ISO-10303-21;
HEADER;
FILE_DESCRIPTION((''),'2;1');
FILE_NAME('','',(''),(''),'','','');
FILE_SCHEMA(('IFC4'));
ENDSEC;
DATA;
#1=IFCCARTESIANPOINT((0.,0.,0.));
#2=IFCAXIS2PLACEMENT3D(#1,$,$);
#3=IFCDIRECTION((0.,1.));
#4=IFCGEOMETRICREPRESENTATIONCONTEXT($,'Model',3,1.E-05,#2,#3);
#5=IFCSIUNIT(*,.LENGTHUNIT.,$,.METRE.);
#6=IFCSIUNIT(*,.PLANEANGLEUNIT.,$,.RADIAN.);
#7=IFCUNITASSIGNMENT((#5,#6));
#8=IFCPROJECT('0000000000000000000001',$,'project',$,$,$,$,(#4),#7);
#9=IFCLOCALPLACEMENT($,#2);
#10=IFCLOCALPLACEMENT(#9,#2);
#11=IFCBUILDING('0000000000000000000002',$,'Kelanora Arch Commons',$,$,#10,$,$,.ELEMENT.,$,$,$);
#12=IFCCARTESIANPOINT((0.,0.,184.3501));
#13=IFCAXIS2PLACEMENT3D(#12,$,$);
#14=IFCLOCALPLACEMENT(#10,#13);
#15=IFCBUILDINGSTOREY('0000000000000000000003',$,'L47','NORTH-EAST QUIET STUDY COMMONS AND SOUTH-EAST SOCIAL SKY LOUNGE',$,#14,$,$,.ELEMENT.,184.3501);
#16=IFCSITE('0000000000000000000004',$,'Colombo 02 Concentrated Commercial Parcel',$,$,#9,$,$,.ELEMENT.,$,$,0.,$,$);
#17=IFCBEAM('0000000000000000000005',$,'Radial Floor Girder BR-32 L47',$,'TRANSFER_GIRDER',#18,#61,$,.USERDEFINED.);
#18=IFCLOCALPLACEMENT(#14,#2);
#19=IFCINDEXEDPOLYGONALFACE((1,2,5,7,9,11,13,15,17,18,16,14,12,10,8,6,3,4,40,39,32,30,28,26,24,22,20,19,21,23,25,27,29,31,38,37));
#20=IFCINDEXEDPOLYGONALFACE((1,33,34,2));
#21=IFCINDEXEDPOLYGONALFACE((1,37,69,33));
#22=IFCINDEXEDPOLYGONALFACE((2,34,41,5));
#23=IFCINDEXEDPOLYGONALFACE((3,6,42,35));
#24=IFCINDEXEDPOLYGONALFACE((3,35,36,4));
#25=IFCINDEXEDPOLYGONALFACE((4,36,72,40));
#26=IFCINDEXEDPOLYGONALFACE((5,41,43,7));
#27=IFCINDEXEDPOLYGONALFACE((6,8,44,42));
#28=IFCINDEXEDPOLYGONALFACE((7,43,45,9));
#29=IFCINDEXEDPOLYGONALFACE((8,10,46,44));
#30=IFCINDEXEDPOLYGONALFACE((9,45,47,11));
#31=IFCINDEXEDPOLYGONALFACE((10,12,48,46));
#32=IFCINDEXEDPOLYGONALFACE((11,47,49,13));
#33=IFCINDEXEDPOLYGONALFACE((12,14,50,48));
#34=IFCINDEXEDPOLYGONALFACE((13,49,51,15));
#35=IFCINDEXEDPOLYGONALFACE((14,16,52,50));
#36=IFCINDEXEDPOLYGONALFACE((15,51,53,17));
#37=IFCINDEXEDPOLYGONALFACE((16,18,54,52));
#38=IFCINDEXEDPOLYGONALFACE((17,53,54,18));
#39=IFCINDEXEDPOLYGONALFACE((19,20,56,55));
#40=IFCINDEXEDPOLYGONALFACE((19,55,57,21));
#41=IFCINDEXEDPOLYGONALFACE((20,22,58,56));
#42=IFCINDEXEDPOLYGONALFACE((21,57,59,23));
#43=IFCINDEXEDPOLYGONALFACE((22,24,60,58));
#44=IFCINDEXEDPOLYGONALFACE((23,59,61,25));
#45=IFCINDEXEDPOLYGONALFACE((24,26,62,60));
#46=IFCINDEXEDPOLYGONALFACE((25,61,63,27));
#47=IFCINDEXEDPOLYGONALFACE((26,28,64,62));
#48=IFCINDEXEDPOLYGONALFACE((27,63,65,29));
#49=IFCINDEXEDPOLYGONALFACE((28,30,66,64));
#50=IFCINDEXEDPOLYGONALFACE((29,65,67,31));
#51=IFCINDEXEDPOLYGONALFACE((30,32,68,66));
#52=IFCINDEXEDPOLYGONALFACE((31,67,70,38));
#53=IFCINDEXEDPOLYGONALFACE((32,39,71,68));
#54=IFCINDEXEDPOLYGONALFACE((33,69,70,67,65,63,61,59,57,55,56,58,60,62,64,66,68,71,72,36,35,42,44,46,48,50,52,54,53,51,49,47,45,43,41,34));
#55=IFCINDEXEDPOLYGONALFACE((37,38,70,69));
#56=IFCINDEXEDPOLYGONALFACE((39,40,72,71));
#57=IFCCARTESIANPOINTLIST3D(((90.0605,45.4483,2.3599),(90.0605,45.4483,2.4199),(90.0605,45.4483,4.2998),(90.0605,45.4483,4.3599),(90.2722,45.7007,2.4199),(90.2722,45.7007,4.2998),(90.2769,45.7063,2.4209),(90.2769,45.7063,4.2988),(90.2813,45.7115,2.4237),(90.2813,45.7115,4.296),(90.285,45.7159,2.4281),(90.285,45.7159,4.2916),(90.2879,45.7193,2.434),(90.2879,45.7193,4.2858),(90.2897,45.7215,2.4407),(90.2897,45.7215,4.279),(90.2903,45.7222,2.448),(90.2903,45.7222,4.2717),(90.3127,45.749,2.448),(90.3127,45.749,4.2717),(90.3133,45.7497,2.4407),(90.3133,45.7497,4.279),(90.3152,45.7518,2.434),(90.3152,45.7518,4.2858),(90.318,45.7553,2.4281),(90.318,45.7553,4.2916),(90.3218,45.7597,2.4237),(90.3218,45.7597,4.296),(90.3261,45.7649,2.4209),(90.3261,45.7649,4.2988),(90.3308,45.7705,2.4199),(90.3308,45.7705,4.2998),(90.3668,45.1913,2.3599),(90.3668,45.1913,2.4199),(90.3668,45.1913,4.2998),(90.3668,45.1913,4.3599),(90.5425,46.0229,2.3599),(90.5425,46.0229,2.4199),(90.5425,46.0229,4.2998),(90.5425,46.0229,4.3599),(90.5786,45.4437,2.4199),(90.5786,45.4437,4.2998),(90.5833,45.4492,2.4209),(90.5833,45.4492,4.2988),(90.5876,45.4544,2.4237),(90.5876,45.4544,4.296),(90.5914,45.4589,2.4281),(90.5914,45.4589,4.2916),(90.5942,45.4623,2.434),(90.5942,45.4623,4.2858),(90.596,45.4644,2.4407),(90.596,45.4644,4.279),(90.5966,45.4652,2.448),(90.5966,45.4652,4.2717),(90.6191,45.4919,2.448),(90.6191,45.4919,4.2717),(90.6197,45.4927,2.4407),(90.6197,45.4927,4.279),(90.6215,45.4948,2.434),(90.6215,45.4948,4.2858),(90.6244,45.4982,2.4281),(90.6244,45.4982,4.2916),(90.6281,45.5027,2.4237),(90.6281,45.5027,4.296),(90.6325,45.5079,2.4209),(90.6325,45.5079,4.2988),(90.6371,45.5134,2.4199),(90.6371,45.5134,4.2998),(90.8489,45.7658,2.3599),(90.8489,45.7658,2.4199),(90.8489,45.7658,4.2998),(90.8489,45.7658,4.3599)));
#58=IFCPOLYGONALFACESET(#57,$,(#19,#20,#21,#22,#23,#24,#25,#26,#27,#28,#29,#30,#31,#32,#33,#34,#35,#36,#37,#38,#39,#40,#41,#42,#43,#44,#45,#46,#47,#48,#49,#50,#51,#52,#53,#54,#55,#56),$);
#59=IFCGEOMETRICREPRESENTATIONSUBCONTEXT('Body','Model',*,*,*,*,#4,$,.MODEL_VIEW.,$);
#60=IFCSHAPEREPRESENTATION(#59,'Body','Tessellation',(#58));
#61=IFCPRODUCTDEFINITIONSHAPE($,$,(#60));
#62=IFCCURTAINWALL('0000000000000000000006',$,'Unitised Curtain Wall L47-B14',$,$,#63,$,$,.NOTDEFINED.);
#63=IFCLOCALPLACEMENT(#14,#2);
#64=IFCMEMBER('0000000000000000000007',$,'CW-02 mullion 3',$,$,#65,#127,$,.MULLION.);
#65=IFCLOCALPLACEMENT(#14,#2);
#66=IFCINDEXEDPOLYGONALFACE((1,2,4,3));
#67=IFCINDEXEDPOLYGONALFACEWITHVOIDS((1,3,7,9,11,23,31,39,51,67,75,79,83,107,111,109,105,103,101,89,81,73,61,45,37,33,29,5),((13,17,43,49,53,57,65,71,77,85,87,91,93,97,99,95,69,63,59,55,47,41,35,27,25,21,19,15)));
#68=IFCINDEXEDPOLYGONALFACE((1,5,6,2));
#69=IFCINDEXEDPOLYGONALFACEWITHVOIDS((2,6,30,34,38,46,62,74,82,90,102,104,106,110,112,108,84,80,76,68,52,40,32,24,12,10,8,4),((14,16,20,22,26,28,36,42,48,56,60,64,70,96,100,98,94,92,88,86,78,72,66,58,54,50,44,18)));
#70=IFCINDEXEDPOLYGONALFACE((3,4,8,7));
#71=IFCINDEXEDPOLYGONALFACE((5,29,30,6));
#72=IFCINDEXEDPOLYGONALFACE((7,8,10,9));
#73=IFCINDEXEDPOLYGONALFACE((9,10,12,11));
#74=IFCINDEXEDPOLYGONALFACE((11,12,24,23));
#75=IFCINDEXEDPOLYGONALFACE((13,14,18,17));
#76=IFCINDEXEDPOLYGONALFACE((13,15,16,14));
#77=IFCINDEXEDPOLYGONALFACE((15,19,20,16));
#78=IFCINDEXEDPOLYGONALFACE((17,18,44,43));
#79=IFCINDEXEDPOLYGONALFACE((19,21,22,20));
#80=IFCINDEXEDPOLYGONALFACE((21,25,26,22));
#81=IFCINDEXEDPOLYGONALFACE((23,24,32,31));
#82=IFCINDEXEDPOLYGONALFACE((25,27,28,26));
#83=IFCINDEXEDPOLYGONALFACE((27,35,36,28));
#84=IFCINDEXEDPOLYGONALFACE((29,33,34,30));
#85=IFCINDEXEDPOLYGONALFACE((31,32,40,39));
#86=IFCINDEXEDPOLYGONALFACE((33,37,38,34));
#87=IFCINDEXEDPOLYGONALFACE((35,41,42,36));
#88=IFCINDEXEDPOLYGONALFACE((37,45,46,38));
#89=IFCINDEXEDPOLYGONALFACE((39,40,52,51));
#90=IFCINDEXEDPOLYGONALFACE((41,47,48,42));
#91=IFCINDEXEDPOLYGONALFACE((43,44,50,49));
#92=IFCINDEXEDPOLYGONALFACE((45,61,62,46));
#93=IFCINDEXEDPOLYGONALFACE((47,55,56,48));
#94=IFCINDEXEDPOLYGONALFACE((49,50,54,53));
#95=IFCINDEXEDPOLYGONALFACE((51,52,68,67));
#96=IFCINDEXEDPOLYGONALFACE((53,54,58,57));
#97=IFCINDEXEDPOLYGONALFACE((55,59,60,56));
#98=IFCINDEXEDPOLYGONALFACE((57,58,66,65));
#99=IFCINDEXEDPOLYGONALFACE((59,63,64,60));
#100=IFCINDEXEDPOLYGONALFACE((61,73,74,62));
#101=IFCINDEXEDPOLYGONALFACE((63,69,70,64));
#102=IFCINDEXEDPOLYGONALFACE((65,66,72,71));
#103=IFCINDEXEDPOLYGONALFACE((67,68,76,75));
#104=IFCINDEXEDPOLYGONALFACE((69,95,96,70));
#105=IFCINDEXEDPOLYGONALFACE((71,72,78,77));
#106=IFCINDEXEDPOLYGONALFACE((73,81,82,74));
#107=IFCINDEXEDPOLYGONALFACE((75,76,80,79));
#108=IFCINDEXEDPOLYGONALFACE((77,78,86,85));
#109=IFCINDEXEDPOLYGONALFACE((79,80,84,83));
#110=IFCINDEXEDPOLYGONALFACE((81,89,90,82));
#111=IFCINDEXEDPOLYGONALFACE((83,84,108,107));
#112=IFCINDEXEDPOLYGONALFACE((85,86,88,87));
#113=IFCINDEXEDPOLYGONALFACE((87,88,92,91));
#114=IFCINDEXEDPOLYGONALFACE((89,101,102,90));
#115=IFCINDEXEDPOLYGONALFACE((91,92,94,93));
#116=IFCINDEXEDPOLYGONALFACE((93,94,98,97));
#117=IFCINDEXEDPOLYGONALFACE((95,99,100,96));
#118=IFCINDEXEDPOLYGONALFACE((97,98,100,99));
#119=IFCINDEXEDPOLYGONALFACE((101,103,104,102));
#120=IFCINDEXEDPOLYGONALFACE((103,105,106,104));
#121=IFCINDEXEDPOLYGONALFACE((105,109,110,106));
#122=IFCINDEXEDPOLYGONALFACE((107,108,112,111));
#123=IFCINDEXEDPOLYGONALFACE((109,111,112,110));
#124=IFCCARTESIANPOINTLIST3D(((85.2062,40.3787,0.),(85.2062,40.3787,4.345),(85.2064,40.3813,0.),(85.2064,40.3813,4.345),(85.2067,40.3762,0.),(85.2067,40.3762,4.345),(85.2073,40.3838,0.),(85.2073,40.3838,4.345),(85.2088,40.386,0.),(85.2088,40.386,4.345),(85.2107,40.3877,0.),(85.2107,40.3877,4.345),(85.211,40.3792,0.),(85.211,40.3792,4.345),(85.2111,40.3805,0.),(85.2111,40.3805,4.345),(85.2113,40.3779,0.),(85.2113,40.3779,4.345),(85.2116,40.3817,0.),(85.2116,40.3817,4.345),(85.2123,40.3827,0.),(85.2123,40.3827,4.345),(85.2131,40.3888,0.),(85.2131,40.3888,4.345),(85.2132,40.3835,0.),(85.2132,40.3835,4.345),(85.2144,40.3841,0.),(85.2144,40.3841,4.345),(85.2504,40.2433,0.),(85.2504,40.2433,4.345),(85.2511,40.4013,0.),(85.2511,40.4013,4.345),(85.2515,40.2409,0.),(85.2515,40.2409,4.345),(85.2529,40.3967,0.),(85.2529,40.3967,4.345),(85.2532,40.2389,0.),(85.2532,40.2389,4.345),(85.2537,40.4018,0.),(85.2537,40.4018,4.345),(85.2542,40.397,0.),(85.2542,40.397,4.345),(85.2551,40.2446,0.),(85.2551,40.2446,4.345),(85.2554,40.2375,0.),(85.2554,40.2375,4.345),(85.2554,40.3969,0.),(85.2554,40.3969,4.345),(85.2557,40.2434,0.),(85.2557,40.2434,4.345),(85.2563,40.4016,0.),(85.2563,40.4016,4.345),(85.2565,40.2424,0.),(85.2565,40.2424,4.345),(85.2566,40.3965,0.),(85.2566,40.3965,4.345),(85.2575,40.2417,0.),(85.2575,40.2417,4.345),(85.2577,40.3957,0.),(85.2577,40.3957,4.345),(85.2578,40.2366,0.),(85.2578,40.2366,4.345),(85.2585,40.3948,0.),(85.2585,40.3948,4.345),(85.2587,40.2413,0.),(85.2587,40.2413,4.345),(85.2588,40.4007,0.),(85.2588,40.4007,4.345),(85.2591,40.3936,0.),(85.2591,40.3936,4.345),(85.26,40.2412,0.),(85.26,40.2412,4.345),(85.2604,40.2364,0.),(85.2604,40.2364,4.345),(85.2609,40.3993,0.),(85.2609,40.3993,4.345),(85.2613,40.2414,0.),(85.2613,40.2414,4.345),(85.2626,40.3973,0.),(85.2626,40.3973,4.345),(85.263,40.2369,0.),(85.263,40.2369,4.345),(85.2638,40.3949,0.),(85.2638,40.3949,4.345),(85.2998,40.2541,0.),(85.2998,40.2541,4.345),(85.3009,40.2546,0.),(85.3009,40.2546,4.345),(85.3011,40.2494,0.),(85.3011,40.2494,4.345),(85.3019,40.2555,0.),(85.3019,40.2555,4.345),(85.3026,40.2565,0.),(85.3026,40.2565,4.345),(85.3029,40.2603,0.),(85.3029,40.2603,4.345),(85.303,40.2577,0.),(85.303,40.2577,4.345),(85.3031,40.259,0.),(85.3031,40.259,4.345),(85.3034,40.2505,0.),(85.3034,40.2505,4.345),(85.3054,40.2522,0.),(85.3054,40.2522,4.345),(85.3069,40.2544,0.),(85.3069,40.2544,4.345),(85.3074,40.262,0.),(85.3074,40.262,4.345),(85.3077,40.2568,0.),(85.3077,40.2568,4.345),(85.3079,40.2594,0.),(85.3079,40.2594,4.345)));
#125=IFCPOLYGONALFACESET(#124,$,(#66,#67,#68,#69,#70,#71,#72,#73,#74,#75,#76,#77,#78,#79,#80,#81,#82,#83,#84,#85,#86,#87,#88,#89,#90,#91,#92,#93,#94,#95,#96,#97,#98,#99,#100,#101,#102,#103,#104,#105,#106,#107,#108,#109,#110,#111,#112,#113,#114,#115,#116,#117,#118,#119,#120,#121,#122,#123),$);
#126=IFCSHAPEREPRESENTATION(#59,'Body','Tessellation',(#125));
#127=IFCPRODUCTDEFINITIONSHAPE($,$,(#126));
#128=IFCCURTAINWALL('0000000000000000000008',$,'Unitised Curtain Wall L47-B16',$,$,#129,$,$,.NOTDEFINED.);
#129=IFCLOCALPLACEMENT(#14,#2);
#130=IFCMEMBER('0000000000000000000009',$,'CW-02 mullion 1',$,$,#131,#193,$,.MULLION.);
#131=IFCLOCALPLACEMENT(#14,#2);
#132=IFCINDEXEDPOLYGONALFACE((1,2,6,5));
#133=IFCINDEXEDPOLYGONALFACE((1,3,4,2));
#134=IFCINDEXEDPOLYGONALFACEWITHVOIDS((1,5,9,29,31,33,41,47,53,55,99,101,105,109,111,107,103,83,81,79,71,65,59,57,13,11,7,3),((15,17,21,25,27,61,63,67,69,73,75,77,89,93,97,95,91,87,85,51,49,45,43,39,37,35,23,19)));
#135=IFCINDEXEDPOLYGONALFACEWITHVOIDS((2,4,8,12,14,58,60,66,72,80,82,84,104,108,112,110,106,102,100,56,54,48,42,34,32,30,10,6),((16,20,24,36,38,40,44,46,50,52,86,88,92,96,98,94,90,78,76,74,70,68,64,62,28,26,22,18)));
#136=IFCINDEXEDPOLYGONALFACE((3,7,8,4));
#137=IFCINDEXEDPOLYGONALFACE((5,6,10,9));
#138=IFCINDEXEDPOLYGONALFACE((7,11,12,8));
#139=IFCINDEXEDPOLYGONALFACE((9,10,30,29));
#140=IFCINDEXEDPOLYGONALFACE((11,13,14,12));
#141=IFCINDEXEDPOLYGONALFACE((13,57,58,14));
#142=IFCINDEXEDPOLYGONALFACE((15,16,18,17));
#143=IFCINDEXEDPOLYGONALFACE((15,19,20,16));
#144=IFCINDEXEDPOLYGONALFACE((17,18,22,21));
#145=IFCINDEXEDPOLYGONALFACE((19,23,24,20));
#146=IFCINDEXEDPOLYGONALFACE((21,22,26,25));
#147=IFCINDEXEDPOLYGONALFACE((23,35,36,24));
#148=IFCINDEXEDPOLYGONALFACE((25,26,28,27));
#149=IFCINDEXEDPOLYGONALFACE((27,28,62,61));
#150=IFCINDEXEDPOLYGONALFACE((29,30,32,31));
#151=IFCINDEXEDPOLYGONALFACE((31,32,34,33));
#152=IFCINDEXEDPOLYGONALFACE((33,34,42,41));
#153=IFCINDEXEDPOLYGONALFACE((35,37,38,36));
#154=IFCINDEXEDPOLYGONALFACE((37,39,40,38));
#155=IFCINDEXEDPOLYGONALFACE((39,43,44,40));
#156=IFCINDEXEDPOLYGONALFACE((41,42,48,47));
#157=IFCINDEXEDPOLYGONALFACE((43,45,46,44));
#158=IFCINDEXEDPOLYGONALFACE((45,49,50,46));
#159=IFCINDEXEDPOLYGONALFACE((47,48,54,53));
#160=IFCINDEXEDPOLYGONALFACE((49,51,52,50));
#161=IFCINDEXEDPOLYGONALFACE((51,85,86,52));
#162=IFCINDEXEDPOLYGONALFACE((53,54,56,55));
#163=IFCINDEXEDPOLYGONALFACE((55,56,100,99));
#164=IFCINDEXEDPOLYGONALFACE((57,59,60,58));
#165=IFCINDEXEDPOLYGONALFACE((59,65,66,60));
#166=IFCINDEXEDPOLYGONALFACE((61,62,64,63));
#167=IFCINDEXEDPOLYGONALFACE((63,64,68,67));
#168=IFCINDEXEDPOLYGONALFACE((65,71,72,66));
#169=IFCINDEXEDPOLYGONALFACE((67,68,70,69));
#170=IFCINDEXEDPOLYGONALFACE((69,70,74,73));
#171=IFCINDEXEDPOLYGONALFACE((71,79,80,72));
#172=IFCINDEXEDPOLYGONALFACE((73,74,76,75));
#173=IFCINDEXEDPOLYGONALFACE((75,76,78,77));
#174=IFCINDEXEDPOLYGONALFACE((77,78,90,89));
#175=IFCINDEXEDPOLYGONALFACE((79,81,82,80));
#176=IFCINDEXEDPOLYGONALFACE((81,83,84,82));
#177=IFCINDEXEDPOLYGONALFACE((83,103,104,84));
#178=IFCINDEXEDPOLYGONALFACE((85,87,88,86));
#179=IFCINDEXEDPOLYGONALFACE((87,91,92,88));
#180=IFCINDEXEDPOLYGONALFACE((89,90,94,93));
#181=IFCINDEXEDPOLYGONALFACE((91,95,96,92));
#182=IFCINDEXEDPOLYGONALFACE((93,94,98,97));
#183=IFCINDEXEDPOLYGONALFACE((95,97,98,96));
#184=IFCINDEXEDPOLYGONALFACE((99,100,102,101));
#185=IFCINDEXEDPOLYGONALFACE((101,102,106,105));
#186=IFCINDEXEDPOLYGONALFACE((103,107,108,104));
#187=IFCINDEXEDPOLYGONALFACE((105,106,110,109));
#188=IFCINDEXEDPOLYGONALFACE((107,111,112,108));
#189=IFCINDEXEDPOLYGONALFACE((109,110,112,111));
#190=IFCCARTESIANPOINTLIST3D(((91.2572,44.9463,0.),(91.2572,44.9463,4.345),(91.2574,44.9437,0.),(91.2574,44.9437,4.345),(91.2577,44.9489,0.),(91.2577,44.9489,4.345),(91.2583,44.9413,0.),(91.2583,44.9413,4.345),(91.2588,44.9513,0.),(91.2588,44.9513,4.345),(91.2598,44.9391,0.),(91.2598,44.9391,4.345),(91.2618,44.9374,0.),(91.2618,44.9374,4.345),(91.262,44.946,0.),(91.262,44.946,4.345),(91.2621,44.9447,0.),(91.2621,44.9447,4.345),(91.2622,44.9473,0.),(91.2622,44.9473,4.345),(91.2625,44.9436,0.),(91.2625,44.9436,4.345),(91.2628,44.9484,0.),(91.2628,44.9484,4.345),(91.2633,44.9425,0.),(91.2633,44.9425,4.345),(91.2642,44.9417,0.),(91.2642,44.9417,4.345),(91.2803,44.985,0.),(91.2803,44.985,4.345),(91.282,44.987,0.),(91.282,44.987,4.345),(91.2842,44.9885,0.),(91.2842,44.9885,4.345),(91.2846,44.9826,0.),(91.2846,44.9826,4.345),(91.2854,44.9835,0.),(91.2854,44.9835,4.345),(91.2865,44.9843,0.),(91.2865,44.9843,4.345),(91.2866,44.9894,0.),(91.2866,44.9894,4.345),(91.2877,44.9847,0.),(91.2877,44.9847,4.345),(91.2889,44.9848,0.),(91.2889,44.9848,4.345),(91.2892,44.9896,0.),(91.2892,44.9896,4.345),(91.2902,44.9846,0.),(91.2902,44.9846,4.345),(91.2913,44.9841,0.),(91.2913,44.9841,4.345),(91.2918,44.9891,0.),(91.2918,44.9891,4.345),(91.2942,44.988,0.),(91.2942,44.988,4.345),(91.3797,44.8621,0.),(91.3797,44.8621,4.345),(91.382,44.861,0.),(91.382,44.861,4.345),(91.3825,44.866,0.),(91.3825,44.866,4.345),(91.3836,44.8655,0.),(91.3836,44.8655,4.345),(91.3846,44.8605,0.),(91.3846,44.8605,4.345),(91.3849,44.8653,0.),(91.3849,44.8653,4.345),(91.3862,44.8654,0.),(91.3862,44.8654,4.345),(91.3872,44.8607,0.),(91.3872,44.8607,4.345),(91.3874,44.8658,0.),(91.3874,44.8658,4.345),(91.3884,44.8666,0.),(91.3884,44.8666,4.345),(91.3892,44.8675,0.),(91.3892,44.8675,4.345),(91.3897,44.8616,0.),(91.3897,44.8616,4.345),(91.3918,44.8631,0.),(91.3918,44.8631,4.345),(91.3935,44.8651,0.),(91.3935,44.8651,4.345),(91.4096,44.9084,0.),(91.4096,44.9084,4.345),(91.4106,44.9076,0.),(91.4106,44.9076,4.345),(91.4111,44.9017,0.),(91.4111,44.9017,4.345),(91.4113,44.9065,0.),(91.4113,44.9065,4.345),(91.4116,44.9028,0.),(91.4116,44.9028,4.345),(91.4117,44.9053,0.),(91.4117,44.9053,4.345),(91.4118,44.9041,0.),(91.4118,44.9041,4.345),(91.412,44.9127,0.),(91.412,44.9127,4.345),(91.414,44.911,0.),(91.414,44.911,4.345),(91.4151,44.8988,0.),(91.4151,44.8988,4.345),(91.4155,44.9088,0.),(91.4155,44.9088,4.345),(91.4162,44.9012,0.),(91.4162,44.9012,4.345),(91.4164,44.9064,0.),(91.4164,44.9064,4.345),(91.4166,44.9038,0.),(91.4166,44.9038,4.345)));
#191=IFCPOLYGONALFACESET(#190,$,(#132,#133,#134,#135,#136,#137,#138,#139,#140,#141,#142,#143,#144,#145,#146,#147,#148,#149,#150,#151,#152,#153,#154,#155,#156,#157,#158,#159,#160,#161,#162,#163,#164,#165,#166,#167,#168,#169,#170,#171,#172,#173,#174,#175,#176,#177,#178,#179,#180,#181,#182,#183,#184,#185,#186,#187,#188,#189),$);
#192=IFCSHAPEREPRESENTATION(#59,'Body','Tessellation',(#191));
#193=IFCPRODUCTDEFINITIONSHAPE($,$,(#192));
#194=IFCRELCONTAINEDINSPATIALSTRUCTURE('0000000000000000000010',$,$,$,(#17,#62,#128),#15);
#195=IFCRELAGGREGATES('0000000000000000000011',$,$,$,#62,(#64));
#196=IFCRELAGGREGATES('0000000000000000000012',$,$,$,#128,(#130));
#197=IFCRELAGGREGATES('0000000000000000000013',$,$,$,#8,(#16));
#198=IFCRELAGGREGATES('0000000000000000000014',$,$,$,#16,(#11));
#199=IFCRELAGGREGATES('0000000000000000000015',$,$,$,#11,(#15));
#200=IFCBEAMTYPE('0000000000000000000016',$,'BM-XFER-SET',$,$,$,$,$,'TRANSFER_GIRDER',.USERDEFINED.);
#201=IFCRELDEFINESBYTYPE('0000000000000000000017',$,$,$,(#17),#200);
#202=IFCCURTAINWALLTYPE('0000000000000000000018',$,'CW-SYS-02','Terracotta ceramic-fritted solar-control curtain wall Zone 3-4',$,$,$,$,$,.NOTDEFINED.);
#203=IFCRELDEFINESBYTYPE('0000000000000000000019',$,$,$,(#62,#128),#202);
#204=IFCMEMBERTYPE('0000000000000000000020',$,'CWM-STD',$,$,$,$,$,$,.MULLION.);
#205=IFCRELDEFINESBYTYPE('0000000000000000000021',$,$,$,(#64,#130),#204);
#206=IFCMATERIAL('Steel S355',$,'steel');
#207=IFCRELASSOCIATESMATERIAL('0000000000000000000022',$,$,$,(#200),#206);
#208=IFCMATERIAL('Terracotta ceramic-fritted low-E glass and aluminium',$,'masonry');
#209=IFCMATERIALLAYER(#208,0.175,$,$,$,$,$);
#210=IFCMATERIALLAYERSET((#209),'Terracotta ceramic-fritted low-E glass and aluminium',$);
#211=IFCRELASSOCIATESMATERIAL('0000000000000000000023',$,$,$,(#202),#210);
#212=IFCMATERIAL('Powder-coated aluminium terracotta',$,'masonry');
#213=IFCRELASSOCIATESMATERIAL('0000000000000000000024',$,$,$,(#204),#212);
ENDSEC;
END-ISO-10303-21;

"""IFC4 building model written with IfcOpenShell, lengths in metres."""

from ifc_helpers import new_model, si_unit, direction, frame, origin, origin_2d, place, context, subcontext, project, spatial, hollow_rectangle, i_section, extrude, material, layer, layer_set, material_profile, profile_set, type_object, element, aggregate, save


model = new_model("IFC4")

# Units and contexts
model_context = context("Model", 3, precision=1e-05, world=origin(), true_north=direction((0.0, 1.0)))
body_context = subcontext(model_context, "Body", "Model", "MODEL_VIEW")
ifc_project = project(units=[si_unit("LENGTHUNIT", "METRE"), si_unit("PLANEANGLEUNIT", "RADIAN")], contexts=[model_context])

# Site, building, storey
site_placement = place(None, origin())
site = spatial("IfcSite", under=ifc_project, at=site_placement, Name="Colombo 02 Concentrated Commercial Parcel", CompositionType="ELEMENT", RefElevation=0.0)
building_placement = place(site_placement, origin())
building = spatial("IfcBuilding", under=site, at=building_placement, Name="Kelanora Arch Commons", CompositionType="ELEMENT")
storey_placement = place(building_placement, frame((0.0, 0.0, 184.3501)))
storey = spatial("IfcBuildingStorey", under=building, at=storey_placement, Name="L47", Description="NORTH-EAST QUIET STUDY COMMONS AND SOUTH-EAST SOCIAL SKY LOUNGE", CompositionType="ELEMENT", Elevation=184.3501)

# Beam
ifc_material_1 = material(Name="Steel S355", Category="steel")
ifc_material_profile_1 = material_profile(ifc_material_1, i_section(OverallWidth=0.75, OverallDepth=2.0, WebThickness=0.0349, FlangeThickness=0.0601, FilletRadius=0.0281, at=origin_2d()), Name="PG2000x750")
ifc_profile_set_1 = profile_set([ifc_material_profile_1], Name="Steel S355")
beam_type_1 = type_object("IfcBeamType", Name="BM-XFER-SET", ElementType="TRANSFER_GIRDER", PredefinedType="USERDEFINED", material=ifc_profile_set_1)
beam_1_placement = place(storey_placement, frame((90.3015, 45.7356, 3.3599), z_axis=(0.766065, -0.642763, 0.0), x_axis=(0.642763, 0.766065, 0.0)))
element("IfcBeam", 1, at=beam_1_placement, inside=storey, type_object=beam_type_1, Name="Radial Floor Girder BR-32 L47", ObjectType="TRANSFER_GIRDER", PredefinedType="USERDEFINED", context=body_context, shape_type="SweptSolid", body=[
    extrude(i_section(OverallWidth=0.75, OverallDepth=2.0, WebThickness=0.0349, FlangeThickness=0.0601, FilletRadius=0.0281, at=origin_2d()), origin(), (0.0, 0.0, 1.0), 0.3999),
])

# Curtain wall, member
ifc_material_2 = material(Name="Terracotta ceramic-fritted low-E glass and aluminium", Category="masonry")
ifc_layer_1 = layer(ifc_material_2, 0.175)
ifc_layer_set_1 = layer_set([ifc_layer_1], Name="Terracotta ceramic-fritted low-E glass and aluminium")
curtain_wall_type = type_object("IfcCurtainWallType", Name="CW-SYS-02", Description="Terracotta ceramic-fritted solar-control curtain wall Zone 3-4", PredefinedType="NOTDEFINED", material=ifc_layer_set_1)
curtain_wall_1_placement = place(storey_placement, origin())
curtain_wall_1 = element("IfcCurtainWall", 2, at=curtain_wall_1_placement, inside=storey, type_object=curtain_wall_type, Name="Unitised Curtain Wall L47-B14", PredefinedType="NOTDEFINED")
ifc_material_3 = material(Name="Powder-coated aluminium terracotta", Category="masonry")
ifc_material_profile_2 = material_profile(ifc_material_3, hollow_rectangle(XDim=0.1599, YDim=0.0601, WallThickness=0.0049, InnerFilletRadius=0.0049, OuterFilletRadius=0.01, at=origin_2d()), Name="CWM160x60")
ifc_profile_set_2 = profile_set([ifc_material_profile_2], Name="Powder-coated aluminium terracotta")
member_type_1 = type_object("IfcMemberType", Name="CWM-STD", PredefinedType="MULLION", material=ifc_profile_set_2)
member_1_placement = place(storey_placement, frame((85.2571, 40.3191, 0.0), z_axis=(0.0, 0.0, 1.0), x_axis=(-0.312128, 0.95004, 0.0)))
member_1 = element("IfcMember", 3, at=member_1_placement, type_object=member_type_1, Name="CW-02 mullion 3", PredefinedType="MULLION", context=body_context, shape_type="SweptSolid", body=[
    extrude(hollow_rectangle(XDim=0.1599, YDim=0.0601, WallThickness=0.0049, InnerFilletRadius=0.0049, OuterFilletRadius=0.01, at=origin_2d()), origin(), (0.0, 0.0, 1.0), 4.345),
])

# Curtain wall, member
curtain_wall_2_placement = place(storey_placement, origin())
curtain_wall_2 = element("IfcCurtainWall", 4, at=curtain_wall_2_placement, inside=storey, type_object=curtain_wall_type, Name="Unitised Curtain Wall L47-B16", PredefinedType="NOTDEFINED")
member_2_placement = place(storey_placement, frame((91.3369, 44.925, 0.0), z_axis=(0.0, 0.0, 1.0), x_axis=(-0.842423, 0.538817, 0.0)))
member_2 = element("IfcMember", 5, at=member_2_placement, type_object=member_type_1, Name="CW-02 mullion 1", PredefinedType="MULLION", context=body_context, shape_type="SweptSolid", body=[
    extrude(hollow_rectangle(XDim=0.1599, YDim=0.0601, WallThickness=0.0049, InnerFilletRadius=0.0049, OuterFilletRadius=0.01, at=origin_2d()), origin(), (0.0, 0.0, 1.0), 4.345),
])

aggregate(curtain_wall_1, [member_1])
aggregate(curtain_wall_2, [member_2])

save(model, "model.ifc")
